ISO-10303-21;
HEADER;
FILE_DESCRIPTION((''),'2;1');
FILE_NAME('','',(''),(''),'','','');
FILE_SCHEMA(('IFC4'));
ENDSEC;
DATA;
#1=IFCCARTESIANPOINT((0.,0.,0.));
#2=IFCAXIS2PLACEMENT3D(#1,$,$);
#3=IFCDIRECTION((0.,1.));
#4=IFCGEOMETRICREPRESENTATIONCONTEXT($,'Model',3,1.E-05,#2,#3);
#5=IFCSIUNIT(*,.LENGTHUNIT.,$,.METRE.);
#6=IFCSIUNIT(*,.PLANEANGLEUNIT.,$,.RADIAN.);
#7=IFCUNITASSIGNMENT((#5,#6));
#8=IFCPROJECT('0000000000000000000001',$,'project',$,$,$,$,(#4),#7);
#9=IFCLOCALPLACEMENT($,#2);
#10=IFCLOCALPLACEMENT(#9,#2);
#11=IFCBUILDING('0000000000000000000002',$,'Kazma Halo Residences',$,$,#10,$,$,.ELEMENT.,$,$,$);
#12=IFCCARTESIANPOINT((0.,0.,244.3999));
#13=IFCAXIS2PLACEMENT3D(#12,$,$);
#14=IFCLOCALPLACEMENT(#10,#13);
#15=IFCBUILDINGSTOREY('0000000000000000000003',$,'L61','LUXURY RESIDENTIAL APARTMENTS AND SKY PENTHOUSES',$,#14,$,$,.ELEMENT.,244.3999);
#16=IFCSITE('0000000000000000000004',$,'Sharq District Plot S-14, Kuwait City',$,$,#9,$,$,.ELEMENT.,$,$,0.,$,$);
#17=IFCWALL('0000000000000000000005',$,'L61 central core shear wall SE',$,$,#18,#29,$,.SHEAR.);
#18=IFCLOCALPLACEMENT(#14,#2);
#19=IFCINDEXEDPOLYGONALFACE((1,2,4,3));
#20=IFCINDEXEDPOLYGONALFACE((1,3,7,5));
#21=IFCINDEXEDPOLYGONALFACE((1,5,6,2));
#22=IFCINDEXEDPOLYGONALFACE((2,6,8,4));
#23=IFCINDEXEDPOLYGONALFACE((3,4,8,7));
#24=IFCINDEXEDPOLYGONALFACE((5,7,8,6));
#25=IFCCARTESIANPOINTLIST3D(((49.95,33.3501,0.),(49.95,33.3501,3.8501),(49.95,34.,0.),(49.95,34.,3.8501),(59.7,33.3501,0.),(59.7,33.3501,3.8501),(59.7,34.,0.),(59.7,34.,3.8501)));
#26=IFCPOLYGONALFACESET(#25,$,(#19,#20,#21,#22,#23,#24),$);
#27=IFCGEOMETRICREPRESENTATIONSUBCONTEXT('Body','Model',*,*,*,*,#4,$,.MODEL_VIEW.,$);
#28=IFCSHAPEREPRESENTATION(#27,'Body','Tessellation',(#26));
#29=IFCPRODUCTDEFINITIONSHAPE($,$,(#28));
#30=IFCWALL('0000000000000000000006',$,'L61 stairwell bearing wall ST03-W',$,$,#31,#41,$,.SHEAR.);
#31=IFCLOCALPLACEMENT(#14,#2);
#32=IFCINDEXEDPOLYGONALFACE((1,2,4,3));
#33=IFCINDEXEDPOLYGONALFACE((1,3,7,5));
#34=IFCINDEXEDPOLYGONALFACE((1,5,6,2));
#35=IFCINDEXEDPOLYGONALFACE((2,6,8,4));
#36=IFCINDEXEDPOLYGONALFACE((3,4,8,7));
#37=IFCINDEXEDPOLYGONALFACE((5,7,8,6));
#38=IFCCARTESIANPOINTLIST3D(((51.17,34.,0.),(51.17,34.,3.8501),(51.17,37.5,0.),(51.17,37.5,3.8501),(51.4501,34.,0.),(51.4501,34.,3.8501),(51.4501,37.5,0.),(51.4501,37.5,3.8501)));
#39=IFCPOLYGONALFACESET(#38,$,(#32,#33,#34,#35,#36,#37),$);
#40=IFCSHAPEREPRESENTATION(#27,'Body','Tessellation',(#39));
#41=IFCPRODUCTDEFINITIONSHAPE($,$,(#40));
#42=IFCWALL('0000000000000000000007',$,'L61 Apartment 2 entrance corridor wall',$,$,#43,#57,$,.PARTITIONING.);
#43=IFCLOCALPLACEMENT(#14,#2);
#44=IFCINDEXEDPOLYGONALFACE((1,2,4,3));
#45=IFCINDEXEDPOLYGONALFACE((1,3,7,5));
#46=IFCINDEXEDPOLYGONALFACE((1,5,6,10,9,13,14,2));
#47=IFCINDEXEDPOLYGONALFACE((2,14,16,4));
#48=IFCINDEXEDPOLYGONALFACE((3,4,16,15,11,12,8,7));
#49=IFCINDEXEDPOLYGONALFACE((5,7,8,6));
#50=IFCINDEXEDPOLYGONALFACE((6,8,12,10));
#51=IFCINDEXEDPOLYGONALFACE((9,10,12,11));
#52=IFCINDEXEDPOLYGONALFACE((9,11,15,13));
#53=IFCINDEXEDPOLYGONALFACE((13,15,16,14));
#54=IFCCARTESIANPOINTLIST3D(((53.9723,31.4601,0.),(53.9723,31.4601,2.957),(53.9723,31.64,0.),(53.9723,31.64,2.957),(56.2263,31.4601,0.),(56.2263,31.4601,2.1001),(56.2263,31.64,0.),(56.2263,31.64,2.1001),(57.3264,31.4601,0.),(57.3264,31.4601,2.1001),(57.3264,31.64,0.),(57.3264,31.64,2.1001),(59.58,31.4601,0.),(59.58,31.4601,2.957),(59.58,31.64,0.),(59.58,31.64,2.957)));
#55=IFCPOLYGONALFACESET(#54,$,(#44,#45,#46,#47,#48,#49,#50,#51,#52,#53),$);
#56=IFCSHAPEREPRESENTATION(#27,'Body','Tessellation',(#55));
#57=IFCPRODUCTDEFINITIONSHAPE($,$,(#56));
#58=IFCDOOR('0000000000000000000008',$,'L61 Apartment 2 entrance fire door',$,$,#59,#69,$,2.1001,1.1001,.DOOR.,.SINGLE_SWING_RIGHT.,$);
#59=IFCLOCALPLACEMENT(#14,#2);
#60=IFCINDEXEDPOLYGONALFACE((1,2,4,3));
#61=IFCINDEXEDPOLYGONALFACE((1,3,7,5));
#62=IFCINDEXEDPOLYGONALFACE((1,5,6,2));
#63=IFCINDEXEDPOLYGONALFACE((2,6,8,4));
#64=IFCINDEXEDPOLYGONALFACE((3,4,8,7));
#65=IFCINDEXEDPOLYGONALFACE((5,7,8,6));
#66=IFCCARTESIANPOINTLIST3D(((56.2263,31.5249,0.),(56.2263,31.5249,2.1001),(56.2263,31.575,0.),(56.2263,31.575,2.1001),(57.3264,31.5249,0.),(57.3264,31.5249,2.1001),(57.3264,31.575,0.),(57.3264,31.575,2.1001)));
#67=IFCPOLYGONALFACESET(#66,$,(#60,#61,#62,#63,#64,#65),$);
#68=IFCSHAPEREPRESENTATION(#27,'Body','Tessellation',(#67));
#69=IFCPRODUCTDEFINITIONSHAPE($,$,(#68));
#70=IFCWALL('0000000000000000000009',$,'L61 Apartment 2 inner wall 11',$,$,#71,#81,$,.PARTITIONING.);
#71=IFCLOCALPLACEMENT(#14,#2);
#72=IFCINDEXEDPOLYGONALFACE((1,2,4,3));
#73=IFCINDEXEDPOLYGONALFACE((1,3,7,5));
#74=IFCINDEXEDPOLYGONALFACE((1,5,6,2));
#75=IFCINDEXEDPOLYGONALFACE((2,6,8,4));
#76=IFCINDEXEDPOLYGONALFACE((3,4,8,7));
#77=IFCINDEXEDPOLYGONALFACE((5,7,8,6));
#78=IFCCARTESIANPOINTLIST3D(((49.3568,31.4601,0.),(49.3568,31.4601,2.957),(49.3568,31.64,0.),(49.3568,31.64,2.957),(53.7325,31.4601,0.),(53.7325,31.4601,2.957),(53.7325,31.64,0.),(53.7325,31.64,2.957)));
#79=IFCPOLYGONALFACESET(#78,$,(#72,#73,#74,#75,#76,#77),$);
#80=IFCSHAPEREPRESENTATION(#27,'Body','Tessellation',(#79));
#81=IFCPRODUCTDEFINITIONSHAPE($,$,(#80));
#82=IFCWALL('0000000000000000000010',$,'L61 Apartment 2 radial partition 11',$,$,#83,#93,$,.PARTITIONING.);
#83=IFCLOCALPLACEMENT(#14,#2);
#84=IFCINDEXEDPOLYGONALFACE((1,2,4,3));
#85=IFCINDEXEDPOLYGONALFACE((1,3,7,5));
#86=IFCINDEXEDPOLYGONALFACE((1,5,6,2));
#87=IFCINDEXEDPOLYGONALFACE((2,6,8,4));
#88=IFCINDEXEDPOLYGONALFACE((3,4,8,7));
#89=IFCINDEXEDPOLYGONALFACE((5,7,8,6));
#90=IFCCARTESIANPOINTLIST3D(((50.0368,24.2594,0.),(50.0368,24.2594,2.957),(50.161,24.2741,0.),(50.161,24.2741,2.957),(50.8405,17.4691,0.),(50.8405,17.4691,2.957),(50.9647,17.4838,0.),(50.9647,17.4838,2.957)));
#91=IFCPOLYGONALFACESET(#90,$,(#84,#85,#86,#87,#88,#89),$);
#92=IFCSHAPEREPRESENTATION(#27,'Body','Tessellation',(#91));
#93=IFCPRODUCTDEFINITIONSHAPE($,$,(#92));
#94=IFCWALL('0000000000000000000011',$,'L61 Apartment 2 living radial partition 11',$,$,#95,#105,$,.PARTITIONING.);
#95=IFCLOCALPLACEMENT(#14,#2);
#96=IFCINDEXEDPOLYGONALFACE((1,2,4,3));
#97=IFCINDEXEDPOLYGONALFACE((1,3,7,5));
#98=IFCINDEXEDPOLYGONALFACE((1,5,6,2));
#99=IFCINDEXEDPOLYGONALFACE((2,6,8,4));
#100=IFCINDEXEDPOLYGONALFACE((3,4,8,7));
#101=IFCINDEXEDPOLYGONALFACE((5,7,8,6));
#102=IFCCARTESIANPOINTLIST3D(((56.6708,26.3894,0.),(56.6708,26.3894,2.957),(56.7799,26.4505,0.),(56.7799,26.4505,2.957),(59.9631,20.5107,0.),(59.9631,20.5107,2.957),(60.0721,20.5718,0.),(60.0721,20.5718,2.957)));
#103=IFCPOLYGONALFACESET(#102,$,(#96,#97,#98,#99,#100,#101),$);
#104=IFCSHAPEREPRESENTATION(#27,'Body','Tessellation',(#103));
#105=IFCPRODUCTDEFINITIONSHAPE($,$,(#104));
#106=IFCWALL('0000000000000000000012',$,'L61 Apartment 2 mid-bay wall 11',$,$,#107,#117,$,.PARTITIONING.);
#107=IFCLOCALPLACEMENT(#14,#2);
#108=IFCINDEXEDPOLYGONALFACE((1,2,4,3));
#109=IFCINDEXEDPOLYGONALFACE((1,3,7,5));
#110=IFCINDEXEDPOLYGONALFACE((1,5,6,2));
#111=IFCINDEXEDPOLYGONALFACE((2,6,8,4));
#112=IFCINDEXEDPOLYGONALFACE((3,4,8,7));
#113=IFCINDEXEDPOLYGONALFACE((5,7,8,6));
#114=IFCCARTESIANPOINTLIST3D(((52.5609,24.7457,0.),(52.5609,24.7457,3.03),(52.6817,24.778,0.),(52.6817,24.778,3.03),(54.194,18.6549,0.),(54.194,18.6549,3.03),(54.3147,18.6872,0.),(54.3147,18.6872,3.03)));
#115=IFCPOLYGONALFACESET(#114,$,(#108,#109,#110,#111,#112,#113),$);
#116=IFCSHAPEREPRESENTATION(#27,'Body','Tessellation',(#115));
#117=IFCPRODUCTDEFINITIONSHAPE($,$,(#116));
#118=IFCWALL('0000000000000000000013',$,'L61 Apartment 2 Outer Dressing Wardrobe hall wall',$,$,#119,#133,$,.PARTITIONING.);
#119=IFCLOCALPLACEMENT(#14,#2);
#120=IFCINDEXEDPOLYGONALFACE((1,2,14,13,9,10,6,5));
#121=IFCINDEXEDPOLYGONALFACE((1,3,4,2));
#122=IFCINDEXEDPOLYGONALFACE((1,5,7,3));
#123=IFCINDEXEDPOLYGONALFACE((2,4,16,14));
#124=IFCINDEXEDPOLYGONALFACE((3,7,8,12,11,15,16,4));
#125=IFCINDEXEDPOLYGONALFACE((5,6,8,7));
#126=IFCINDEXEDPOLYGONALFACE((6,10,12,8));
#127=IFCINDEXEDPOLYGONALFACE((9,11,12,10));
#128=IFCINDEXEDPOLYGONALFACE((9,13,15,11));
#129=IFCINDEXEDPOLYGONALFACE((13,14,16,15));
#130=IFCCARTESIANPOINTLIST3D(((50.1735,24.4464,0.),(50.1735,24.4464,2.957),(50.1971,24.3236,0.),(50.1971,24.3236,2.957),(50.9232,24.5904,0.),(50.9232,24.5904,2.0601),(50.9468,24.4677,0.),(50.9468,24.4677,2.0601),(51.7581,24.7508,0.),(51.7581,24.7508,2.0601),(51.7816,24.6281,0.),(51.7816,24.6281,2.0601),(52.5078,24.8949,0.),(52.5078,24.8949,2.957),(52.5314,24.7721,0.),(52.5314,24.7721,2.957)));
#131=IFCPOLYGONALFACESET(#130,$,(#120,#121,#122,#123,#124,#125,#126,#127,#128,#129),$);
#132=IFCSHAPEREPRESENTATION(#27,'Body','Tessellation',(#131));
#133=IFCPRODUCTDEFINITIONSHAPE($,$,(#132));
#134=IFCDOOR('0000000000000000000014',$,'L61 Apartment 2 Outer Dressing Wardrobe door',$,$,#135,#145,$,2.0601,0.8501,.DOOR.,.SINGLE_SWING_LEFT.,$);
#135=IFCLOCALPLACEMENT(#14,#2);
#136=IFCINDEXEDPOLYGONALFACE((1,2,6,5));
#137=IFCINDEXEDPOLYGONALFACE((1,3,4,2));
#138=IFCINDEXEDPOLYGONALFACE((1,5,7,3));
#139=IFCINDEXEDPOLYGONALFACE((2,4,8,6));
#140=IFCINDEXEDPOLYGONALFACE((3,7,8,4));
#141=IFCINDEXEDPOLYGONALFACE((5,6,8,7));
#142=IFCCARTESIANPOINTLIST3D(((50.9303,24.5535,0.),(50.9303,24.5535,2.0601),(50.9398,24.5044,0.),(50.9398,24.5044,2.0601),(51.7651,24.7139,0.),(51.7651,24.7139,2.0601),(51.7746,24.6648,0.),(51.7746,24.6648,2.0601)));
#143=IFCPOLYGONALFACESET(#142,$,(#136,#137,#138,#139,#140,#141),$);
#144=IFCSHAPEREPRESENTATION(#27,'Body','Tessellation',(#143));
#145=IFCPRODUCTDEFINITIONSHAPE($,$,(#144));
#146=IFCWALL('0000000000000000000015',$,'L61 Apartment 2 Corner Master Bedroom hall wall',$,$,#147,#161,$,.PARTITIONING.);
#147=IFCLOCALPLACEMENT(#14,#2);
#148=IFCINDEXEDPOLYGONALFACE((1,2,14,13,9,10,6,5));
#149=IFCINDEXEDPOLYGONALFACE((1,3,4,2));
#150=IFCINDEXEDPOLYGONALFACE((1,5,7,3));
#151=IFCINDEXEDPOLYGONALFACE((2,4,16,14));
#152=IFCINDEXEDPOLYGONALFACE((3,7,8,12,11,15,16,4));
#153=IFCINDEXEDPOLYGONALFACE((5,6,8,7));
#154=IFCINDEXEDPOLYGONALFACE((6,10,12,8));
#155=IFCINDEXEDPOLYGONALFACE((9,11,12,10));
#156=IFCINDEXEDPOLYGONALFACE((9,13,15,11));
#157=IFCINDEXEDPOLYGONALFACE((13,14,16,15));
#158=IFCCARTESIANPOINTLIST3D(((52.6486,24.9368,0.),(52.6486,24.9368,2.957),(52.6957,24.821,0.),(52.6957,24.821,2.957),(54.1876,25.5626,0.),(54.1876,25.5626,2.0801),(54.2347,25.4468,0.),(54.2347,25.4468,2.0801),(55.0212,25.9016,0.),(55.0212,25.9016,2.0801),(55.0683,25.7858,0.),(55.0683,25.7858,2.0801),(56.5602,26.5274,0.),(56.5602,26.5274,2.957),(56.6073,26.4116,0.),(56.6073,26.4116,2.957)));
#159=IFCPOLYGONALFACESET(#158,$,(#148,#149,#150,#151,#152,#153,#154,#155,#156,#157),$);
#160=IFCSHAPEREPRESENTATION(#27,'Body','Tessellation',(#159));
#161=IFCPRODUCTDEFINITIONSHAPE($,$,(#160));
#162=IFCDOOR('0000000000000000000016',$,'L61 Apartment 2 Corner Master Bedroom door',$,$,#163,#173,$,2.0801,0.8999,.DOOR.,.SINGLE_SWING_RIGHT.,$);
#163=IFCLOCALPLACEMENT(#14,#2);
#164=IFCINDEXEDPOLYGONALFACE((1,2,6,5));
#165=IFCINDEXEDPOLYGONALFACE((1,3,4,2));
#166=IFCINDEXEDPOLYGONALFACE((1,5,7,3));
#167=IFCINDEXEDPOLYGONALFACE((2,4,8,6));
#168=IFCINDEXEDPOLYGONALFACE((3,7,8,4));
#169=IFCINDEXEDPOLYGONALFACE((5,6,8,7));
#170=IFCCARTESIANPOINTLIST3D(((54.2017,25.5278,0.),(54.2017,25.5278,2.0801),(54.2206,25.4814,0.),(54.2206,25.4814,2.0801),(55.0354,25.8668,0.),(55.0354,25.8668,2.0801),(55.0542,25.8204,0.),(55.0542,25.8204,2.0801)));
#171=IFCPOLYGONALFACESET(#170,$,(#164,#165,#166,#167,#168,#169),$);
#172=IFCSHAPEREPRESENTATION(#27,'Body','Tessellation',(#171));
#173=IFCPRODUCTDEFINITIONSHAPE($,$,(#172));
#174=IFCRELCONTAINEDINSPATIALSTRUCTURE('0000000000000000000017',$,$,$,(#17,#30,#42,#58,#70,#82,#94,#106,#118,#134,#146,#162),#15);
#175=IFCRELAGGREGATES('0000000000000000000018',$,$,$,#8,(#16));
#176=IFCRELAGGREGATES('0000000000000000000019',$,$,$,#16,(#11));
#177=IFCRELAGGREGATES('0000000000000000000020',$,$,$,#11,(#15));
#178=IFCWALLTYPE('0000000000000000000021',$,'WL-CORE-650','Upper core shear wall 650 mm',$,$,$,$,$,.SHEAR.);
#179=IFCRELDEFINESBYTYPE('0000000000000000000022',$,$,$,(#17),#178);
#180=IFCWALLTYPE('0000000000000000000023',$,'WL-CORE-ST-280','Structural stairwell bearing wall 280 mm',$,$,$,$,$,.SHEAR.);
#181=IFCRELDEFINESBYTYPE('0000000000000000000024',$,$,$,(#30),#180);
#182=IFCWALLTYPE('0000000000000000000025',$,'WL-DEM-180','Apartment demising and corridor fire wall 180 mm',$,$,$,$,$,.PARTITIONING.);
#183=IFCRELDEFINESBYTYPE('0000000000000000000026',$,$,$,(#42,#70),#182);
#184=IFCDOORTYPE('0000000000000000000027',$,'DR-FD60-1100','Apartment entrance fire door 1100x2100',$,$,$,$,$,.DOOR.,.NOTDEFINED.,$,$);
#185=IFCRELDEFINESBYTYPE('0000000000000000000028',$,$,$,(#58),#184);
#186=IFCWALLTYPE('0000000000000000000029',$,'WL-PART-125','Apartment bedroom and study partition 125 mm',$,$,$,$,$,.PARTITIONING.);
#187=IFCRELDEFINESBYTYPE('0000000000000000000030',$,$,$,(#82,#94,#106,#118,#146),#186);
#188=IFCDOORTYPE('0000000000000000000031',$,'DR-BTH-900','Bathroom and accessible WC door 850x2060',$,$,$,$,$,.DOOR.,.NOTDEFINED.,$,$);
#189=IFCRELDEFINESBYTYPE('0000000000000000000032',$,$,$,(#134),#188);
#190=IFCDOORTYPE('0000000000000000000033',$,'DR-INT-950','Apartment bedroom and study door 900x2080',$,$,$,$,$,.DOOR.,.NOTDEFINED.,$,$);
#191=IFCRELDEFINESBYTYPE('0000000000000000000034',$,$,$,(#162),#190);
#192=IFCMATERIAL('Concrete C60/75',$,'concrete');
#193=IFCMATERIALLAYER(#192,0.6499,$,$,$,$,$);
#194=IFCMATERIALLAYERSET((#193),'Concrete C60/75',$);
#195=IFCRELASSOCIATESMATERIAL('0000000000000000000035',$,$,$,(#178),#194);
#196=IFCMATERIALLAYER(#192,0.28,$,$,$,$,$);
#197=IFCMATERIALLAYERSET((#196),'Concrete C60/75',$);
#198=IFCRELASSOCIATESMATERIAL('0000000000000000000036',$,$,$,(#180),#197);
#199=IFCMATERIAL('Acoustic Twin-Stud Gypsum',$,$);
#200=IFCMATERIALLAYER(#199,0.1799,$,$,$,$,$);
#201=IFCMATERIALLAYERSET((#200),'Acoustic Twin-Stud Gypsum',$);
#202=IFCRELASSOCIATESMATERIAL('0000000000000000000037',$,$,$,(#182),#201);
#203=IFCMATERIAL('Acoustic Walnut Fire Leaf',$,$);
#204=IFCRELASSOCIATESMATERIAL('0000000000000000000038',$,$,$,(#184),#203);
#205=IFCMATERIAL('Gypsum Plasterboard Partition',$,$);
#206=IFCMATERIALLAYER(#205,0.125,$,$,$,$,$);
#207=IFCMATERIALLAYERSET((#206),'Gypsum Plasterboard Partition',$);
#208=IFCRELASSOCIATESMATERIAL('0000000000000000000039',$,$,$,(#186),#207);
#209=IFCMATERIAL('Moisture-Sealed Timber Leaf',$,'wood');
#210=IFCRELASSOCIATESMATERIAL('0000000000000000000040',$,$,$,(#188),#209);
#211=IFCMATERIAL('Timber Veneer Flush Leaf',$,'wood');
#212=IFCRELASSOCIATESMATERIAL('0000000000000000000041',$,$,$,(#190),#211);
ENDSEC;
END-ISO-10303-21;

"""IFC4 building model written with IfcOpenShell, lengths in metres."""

from ifc_helpers import new_model, si_unit, direction, frame, frame_2d, origin, place, context, subcontext, project, spatial, rectangle, extrude, material, layer, layer_set, type_object, element, fill, save


model = new_model("IFC4")

# Units and contexts
model_context = context("Model", 3, precision=1e-05, world=origin(), true_north=direction((0.0, 1.0)))
body_context = subcontext(model_context, "Body", "Model", "MODEL_VIEW")
ifc_project = project(units=[si_unit("LENGTHUNIT", "METRE"), si_unit("PLANEANGLEUNIT", "RADIAN")], contexts=[model_context])

# Site, building, storey
site_placement = place(None, origin())
site = spatial("IfcSite", under=ifc_project, at=site_placement, Name="Sharq District Plot S-14, Kuwait City", CompositionType="ELEMENT", RefElevation=0.0)
building_placement = place(site_placement, origin())
building = spatial("IfcBuilding", under=site, at=building_placement, Name="Kazma Halo Residences", CompositionType="ELEMENT")
storey_placement = place(building_placement, frame((0.0, 0.0, 244.3999)))
storey = spatial("IfcBuildingStorey", under=building, at=storey_placement, Name="L61", Description="LUXURY RESIDENTIAL APARTMENTS AND SKY PENTHOUSES", CompositionType="ELEMENT", Elevation=244.3999)

# Shared definitions
ifc_material_1 = material(Name="Concrete C60/75", Category="concrete")

# Walls
ifc_layer_1 = layer(ifc_material_1, 0.6499)
ifc_layer_set_1 = layer_set([ifc_layer_1], Name="Concrete C60/75")
wall_type_1 = type_object("IfcWallType", Name="WL-CORE-650", Description="Upper core shear wall 650 mm", PredefinedType="SHEAR", material=ifc_layer_set_1)
wall_1_placement = place(storey_placement, frame((49.95, 33.675, 0.0), z_axis=(0.0, 0.0, 1.0), x_axis=(1.0, 0.0, 0.0)))
element("IfcWall", 1, at=wall_1_placement, inside=storey, type_object=wall_type_1, Name="L61 central core shear wall SE", PredefinedType="SHEAR", context=body_context, shape_type="SweptSolid", body=[
    extrude(rectangle(XDim=9.75, YDim=0.6499, at=frame_2d((4.875, 0.0))), origin(), (0.0, 0.0, 1.0), 3.8501),
])
ifc_layer_2 = layer(ifc_material_1, 0.28)
ifc_layer_set_2 = layer_set([ifc_layer_2], Name="Concrete C60/75")
wall_type_2 = type_object("IfcWallType", Name="WL-CORE-ST-280", Description="Structural stairwell bearing wall 280 mm", PredefinedType="SHEAR", material=ifc_layer_set_2)
wall_2_placement = place(storey_placement, frame((51.3101, 34.0, 0.0), z_axis=(0.0, 0.0, 1.0), x_axis=(0.0, 1.0, 0.0)))
element("IfcWall", 2, at=wall_2_placement, inside=storey, type_object=wall_type_2, Name="L61 stairwell bearing wall ST03-W", PredefinedType="SHEAR", context=body_context, shape_type="SweptSolid", body=[
    extrude(rectangle(XDim=3.5, YDim=0.28, at=frame_2d((1.75, 0.0))), origin(), (0.0, 0.0, 1.0), 3.8501),
])

# Wall, opening, door
ifc_material_2 = material(Name="Acoustic Twin-Stud Gypsum")
ifc_layer_3 = layer(ifc_material_2, 0.1799)
ifc_layer_set_3 = layer_set([ifc_layer_3], Name="Acoustic Twin-Stud Gypsum")
wall_type_3 = type_object("IfcWallType", Name="WL-DEM-180", Description="Apartment demising and corridor fire wall 180 mm", PredefinedType="PARTITIONING", material=ifc_layer_set_3)
wall_3_placement = place(storey_placement, frame((53.9724, 31.55, 0.0), z_axis=(0.0, 0.0, 1.0), x_axis=(1.0, 0.0, 0.0)))
wall_3 = element("IfcWall", 3, at=wall_3_placement, inside=storey, type_object=wall_type_3, Name="L61 Apartment 2 entrance corridor wall", PredefinedType="PARTITIONING", context=body_context, shape_type="SweptSolid", body=[
    extrude(rectangle(XDim=5.6077, YDim=0.1799, at=frame_2d((2.8037, 0.0))), origin(), (0.0, 0.0, 1.0), 2.957),
])
opening_1_placement = place(wall_3_placement, frame((2.2539, 0.0, 0.0)))
opening_1 = element("IfcOpeningElement", 4, at=opening_1_placement, cuts=wall_3, PredefinedType="OPENING", context=body_context, shape_type="SweptSolid", body=[
    extrude(rectangle(XDim=1.1001, YDim=2.1001, at=frame_2d((0.55, 1.05))), frame((0.0, 0.0999, 0.0), z_axis=(0.0, -1.0, 0.0), x_axis=(1.0, 0.0, 0.0)), (0.0, 0.0, 1.0), 0.2),
])
ifc_material_3 = material(Name="Acoustic Walnut Fire Leaf")
door_type_1 = type_object("IfcDoorType", Name="DR-FD60-1100", Description="Apartment entrance fire door 1100x2100", OperationType="NOTDEFINED", PredefinedType="DOOR", material=ifc_material_3)
door_1_placement = place(opening_1_placement, origin())
door_1 = element("IfcDoor", 5, at=door_1_placement, inside=storey, type_object=door_type_1, Name="L61 Apartment 2 entrance fire door", OperationType="SINGLE_SWING_RIGHT", OverallHeight=2.1001, OverallWidth=1.1001, PredefinedType="DOOR", context=body_context, shape_type="SweptSolid", body=[
    extrude(rectangle(XDim=1.1001, YDim=2.1001, at=frame_2d((0.55, 1.05))), frame((0.0, 0.0249, 0.0), z_axis=(0.0, -1.0, 0.0), x_axis=(1.0, 0.0, 0.0)), (0.0, 0.0, 1.0), 0.05),
])
fill(opening_1, door_1)

# Wall
wall_4_placement = place(storey_placement, frame((49.3567, 31.55, 0.0), z_axis=(0.0, 0.0, 1.0), x_axis=(1.0, 0.0, 0.0)))
element("IfcWall", 6, at=wall_4_placement, inside=storey, type_object=wall_type_3, Name="L61 Apartment 2 inner wall 11", PredefinedType="PARTITIONING", context=body_context, shape_type="SweptSolid", body=[
    extrude(rectangle(XDim=4.3757, YDim=0.1799, at=frame_2d((2.188, 0.0))), origin(), (0.0, 0.0, 1.0), 2.957),
])

# Walls
ifc_material_4 = material(Name="Gypsum Plasterboard Partition")
ifc_layer_4 = layer(ifc_material_4, 0.125)
ifc_layer_set_4 = layer_set([ifc_layer_4], Name="Gypsum Plasterboard Partition")
wall_type_4 = type_object("IfcWallType", Name="WL-PART-125", Description="Apartment bedroom and study partition 125 mm", PredefinedType="PARTITIONING", material=ifc_layer_set_4)
wall_5_placement = place(storey_placement, frame((50.0989, 24.2668, 0.0), z_axis=(0.0, 0.0, 1.0), x_axis=(0.117541, -0.993068, 0.0)))
element("IfcWall", 7, at=wall_5_placement, inside=storey, type_object=wall_type_4, Name="L61 Apartment 2 radial partition 11", PredefinedType="PARTITIONING", context=body_context, shape_type="SweptSolid", body=[
    extrude(rectangle(XDim=6.8376, YDim=0.125, at=frame_2d((3.4189, 0.0))), origin(), (0.0, 0.0, 1.0), 2.957),
])
wall_6_placement = place(storey_placement, frame((56.7253, 26.4199, 0.0), z_axis=(0.0, 0.0, 1.0), x_axis=(0.488624, -0.872494, 0.0)))
element("IfcWall", 8, at=wall_6_placement, inside=storey, type_object=wall_type_4, Name="L61 Apartment 2 living radial partition 11", PredefinedType="PARTITIONING", context=body_context, shape_type="SweptSolid", body=[
    extrude(rectangle(XDim=6.7378, YDim=0.125, at=frame_2d((3.3689, 0.0))), origin(), (0.0, 0.0, 1.0), 2.957),
])
wall_7_placement = place(storey_placement, frame((52.6213, 24.7617, 0.0), z_axis=(0.0, 0.0, 1.0), x_axis=(0.258971, -0.965885, 0.0)))
element("IfcWall", 9, at=wall_7_placement, inside=storey, type_object=wall_type_4, Name="L61 Apartment 2 mid-bay wall 11", PredefinedType="PARTITIONING", context=body_context, shape_type="SweptSolid", body=[
    extrude(rectangle(XDim=6.3059, YDim=0.125, at=frame_2d((3.1528, 0.0))), origin(), (0.0, 0.0, 1.0), 3.03),
])

# Walls, openings, doors
wall_8_placement = place(storey_placement, frame((50.1853, 24.385, 0.0), z_axis=(0.0, 0.0, 1.0), x_axis=(0.982038, 0.188684, 0.0)))
wall_8 = element("IfcWall", 10, at=wall_8_placement, inside=storey, type_object=wall_type_4, Name="L61 Apartment 2 Outer Dressing Wardrobe hall wall", PredefinedType="PARTITIONING", context=body_context, shape_type="SweptSolid", body=[
    extrude(rectangle(XDim=2.377, YDim=0.125, at=frame_2d((1.1885, 0.0))), origin(), (0.0, 0.0, 1.0), 2.957),
])
opening_2_placement = place(wall_8_placement, frame((0.7634, 0.0, 0.0)))
opening_2 = element("IfcOpeningElement", 11, at=opening_2_placement, cuts=wall_8, PredefinedType="OPENING", context=body_context, shape_type="SweptSolid", body=[
    extrude(rectangle(XDim=0.8501, YDim=2.0601, at=frame_2d((0.425, 1.03))), frame((0.0, 0.0725, 0.0), z_axis=(0.0, -1.0, 0.0), x_axis=(1.0, 0.0, 0.0)), (0.0, 0.0, 1.0), 0.145),
])
ifc_material_5 = material(Name="Moisture-Sealed Timber Leaf", Category="wood")
door_type_2 = type_object("IfcDoorType", Name="DR-BTH-900", Description="Bathroom and accessible WC door 850x2060", OperationType="NOTDEFINED", PredefinedType="DOOR", material=ifc_material_5)
door_2_placement = place(opening_2_placement, origin())
door_2 = element("IfcDoor", 12, at=door_2_placement, inside=storey, type_object=door_type_2, Name="L61 Apartment 2 Outer Dressing Wardrobe door", OperationType="SINGLE_SWING_LEFT", OverallHeight=2.0601, OverallWidth=0.8501, PredefinedType="DOOR", context=body_context, shape_type="SweptSolid", body=[
    extrude(rectangle(XDim=0.8501, YDim=2.0601, at=frame_2d((0.425, 1.03))), frame((0.0, 0.0249, 0.0), z_axis=(0.0, -1.0, 0.0), x_axis=(1.0, 0.0, 0.0)), (0.0, 0.0, 1.0), 0.05),
])
fill(opening_2, door_2)
wall_9_placement = place(storey_placement, frame((52.6721, 24.8789, 0.0), z_axis=(0.0, 0.0, 1.0), x_axis=(0.926344, 0.376678, 0.0)))
wall_9 = element("IfcWall", 13, at=wall_9_placement, inside=storey, type_object=wall_type_4, Name="L61 Apartment 2 Corner Master Bedroom hall wall", PredefinedType="PARTITIONING", context=body_context, shape_type="SweptSolid", body=[
    extrude(rectangle(XDim=4.2227, YDim=0.125, at=frame_2d((2.1113, 0.0))), origin(), (0.0, 0.0, 1.0), 2.957),
])
opening_3_placement = place(wall_9_placement, frame((1.6614, 0.0, 0.0)))
opening_3 = element("IfcOpeningElement", 14, at=opening_3_placement, cuts=wall_9, PredefinedType="OPENING", context=body_context, shape_type="SweptSolid", body=[
    extrude(rectangle(XDim=0.8999, YDim=2.0801, at=frame_2d((0.45, 1.04))), frame((0.0, 0.0725, 0.0), z_axis=(0.0, -1.0, 0.0), x_axis=(1.0, 0.0, 0.0)), (0.0, 0.0, 1.0), 0.145),
])
ifc_material_6 = material(Name="Timber Veneer Flush Leaf", Category="wood")
door_type_3 = type_object("IfcDoorType", Name="DR-INT-950", Description="Apartment bedroom and study door 900x2080", OperationType="NOTDEFINED", PredefinedType="DOOR", material=ifc_material_6)
door_3_placement = place(opening_3_placement, origin())
door_3 = element("IfcDoor", 15, at=door_3_placement, inside=storey, type_object=door_type_3, Name="L61 Apartment 2 Corner Master Bedroom door", OperationType="SINGLE_SWING_RIGHT", OverallHeight=2.0801, OverallWidth=0.8999, PredefinedType="DOOR", context=body_context, shape_type="SweptSolid", body=[
    extrude(rectangle(XDim=0.8999, YDim=2.0801, at=frame_2d((0.45, 1.04))), frame((0.0, 0.0249, 0.0), z_axis=(0.0, -1.0, 0.0), x_axis=(1.0, 0.0, 0.0)), (0.0, 0.0, 1.0), 0.05),
])
fill(opening_3, door_3)

save(model, "model.ifc")
